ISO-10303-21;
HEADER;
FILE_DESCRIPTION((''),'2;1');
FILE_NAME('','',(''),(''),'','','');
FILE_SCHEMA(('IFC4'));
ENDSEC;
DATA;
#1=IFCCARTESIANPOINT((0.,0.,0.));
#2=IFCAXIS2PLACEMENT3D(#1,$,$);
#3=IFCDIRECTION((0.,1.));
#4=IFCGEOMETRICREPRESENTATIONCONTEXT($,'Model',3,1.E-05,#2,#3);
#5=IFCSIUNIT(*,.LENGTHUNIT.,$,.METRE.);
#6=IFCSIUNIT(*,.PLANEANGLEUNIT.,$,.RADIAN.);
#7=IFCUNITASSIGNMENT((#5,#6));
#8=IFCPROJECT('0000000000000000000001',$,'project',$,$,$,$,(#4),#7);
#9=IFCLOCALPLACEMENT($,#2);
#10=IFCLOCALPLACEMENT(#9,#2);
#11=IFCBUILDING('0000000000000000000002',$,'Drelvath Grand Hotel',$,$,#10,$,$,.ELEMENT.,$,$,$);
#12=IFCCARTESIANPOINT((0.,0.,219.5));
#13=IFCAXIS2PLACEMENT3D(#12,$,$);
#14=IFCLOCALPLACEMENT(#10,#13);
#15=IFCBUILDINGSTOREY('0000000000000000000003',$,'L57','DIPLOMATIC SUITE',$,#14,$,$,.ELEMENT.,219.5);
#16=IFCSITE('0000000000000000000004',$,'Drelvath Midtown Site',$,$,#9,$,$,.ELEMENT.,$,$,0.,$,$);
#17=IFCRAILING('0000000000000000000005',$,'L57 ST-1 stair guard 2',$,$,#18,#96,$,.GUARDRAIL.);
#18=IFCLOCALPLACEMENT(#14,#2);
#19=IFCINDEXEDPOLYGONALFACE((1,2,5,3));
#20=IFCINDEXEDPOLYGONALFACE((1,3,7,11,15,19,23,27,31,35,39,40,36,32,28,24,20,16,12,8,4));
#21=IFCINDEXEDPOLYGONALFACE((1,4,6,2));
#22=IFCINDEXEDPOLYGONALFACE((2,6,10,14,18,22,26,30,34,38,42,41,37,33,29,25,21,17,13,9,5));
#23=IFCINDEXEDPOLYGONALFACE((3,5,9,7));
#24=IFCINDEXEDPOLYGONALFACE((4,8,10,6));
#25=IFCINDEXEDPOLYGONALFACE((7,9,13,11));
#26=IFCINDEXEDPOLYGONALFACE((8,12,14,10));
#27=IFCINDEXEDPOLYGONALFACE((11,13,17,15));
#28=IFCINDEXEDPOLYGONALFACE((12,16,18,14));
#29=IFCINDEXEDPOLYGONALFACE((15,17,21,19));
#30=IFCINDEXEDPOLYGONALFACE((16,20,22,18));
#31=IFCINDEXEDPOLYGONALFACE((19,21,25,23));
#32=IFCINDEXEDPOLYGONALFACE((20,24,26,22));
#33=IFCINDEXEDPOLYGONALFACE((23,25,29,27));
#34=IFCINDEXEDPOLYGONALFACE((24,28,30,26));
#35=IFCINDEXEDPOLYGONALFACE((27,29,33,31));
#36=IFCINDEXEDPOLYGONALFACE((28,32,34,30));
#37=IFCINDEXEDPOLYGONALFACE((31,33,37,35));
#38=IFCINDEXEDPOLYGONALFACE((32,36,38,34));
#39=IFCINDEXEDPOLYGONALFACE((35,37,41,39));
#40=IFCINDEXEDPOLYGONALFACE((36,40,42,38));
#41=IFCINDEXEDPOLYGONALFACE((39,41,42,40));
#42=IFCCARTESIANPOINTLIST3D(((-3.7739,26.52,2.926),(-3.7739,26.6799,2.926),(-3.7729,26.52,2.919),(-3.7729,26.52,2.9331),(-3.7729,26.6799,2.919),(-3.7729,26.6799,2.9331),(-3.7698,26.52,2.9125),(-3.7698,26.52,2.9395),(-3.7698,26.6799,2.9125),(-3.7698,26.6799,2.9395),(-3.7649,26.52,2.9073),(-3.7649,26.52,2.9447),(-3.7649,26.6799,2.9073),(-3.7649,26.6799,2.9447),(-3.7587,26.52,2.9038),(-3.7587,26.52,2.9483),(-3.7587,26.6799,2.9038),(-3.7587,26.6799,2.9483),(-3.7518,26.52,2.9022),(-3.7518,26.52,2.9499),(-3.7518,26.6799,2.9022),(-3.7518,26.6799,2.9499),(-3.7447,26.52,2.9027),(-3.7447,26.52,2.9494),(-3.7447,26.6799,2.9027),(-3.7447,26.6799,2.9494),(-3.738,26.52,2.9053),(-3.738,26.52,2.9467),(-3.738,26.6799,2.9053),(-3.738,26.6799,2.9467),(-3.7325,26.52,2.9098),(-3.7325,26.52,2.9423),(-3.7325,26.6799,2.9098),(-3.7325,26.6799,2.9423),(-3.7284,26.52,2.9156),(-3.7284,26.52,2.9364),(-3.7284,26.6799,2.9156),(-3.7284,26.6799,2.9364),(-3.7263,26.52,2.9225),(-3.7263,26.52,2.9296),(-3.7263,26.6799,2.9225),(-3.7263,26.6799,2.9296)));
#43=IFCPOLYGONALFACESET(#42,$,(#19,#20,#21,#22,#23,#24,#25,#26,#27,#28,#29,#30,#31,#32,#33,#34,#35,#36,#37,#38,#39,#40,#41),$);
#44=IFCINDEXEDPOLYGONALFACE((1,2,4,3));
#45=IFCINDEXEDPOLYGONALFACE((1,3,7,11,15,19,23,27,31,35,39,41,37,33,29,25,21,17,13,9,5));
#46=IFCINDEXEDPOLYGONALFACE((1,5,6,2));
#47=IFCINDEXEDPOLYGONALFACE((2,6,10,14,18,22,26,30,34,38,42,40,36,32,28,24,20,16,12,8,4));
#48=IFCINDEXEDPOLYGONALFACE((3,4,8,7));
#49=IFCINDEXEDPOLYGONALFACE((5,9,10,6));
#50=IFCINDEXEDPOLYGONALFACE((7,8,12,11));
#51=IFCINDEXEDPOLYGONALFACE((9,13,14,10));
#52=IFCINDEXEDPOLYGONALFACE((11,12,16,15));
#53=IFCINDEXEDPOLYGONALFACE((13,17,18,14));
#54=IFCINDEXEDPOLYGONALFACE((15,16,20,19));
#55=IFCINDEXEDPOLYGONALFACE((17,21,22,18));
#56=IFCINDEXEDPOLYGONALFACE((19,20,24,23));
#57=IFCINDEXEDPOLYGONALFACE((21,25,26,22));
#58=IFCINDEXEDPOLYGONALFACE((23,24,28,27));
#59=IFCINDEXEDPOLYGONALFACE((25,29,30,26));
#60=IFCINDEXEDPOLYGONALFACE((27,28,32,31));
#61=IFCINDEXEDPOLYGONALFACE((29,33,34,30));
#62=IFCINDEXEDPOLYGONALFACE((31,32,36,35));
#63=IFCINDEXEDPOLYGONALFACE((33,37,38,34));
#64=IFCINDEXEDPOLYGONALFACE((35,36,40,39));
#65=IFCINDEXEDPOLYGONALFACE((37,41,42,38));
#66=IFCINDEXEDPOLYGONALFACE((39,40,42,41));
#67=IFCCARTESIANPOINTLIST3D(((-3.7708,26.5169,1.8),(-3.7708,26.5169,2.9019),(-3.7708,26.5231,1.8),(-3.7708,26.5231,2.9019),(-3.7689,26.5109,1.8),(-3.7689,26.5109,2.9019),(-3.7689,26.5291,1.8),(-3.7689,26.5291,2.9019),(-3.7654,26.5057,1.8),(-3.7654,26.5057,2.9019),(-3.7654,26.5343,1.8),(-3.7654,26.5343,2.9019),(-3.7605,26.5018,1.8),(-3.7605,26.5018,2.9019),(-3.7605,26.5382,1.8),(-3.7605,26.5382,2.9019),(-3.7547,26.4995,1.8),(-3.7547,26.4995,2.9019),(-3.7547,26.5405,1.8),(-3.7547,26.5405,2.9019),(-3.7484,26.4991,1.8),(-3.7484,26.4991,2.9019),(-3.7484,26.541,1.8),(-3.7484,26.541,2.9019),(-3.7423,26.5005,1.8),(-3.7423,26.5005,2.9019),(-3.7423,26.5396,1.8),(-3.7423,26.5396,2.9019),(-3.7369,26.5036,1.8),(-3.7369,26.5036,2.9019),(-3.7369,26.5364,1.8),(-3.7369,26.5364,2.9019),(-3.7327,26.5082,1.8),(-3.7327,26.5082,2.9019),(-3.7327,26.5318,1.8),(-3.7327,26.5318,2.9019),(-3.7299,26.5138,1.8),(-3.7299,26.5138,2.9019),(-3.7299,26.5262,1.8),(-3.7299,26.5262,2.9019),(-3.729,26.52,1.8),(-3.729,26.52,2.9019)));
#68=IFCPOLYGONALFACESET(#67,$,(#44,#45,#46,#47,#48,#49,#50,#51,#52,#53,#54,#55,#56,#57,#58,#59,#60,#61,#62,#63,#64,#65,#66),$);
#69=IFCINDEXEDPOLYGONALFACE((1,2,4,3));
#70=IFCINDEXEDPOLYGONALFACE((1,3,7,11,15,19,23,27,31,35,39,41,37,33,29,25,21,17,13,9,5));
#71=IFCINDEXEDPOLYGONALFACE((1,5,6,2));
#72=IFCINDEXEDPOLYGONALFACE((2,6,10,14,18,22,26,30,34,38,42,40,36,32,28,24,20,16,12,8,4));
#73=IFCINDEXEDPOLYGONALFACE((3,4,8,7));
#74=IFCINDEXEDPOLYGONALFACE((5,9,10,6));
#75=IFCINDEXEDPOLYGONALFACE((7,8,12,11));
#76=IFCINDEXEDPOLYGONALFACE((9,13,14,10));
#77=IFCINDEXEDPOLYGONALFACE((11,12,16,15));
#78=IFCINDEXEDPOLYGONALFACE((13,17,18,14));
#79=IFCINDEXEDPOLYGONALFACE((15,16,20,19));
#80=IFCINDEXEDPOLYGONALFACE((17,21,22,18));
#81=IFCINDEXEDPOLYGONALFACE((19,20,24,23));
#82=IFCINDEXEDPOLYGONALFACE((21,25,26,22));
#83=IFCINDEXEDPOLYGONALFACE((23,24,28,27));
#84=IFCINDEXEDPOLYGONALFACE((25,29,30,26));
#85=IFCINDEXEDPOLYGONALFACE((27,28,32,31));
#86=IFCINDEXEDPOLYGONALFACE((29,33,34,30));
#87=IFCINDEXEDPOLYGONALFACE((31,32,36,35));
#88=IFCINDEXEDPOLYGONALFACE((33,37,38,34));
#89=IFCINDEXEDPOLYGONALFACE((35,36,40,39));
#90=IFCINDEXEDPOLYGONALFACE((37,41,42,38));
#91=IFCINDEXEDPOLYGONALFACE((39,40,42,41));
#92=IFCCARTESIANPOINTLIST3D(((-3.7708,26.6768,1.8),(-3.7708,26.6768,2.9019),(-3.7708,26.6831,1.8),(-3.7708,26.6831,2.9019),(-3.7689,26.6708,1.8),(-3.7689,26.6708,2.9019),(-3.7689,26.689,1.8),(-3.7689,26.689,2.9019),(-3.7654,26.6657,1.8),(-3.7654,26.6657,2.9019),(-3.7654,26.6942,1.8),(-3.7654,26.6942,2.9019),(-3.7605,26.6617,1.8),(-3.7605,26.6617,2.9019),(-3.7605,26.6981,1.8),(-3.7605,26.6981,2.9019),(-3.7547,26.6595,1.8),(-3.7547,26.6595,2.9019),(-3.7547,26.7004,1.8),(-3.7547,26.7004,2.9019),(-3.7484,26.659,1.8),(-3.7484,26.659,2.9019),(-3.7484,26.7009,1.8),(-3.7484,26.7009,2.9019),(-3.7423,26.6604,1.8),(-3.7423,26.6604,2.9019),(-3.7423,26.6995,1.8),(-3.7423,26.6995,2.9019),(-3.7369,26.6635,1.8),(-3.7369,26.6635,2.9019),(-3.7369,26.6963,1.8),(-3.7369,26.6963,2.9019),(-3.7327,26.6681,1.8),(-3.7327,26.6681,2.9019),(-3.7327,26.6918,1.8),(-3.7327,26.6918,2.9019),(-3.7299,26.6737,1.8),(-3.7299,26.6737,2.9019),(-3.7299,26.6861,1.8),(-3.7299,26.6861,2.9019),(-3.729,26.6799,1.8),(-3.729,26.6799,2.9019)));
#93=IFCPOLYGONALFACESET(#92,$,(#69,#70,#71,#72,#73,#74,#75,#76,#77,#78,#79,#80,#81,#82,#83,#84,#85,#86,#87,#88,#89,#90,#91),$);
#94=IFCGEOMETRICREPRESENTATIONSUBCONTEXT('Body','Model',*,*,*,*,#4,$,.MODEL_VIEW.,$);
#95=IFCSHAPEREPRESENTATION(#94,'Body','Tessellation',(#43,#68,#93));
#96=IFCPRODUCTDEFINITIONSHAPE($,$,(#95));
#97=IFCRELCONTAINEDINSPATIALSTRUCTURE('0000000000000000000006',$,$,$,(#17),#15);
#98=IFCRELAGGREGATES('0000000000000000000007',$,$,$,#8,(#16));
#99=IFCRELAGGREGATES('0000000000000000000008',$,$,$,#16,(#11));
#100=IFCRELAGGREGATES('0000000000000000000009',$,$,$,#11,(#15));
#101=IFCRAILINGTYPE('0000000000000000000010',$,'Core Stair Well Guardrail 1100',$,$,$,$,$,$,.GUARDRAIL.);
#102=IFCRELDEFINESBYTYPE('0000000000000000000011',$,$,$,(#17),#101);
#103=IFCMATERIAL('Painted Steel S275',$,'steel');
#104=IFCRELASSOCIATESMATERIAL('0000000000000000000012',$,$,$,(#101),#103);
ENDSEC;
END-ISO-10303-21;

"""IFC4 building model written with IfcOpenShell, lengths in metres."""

from ifc_helpers import new_model, si_unit, direction, frame, origin, origin_2d, place, context, subcontext, project, spatial, circle, extrude, material, type_object, element, save


model = new_model("IFC4")

# Units and contexts
model_context = context("Model", 3, precision=1e-05, world=origin(), true_north=direction((0.0, 1.0)))
body_context = subcontext(model_context, "Body", "Model", "MODEL_VIEW")
ifc_project = project(units=[si_unit("LENGTHUNIT", "METRE"), si_unit("PLANEANGLEUNIT", "RADIAN")], contexts=[model_context])

# Site, building, storey
site_placement = place(None, origin())
site = spatial("IfcSite", under=ifc_project, at=site_placement, Name="Drelvath Midtown Site", CompositionType="ELEMENT", RefElevation=0.0)
building_placement = place(site_placement, origin())
building = spatial("IfcBuilding", under=site, at=building_placement, Name="Drelvath Grand Hotel", CompositionType="ELEMENT")
storey_placement = place(building_placement, frame((0.0, 0.0, 219.5)))
storey = spatial("IfcBuildingStorey", under=building, at=storey_placement, Name="L57", Description="DIPLOMATIC SUITE", CompositionType="ELEMENT", Elevation=219.5)

# Shared definitions
ifc_material_1 = material(Name="Painted Steel S275", Category="steel")

# Railing
railing_type_1 = type_object("IfcRailingType", Name="Core Stair Well Guardrail 1100", PredefinedType="GUARDRAIL", material=ifc_material_1)
railing_1_placement = place(storey_placement, frame((-3.75, 26.52, 1.8)))
element("IfcRailing", 1, at=railing_1_placement, inside=storey, type_object=railing_type_1, Name="L57 ST-1 stair guard 2", PredefinedType="GUARDRAIL", context=body_context, shape_type="SweptSolid", body=[
    extrude(circle(Radius=0.0239, at=origin_2d()), frame((0.0, 0.0, 1.126), z_axis=(0.0, 1.0, 0.0), x_axis=(-1.0, 0.0, 0.0)), (0.0, 0.0, 1.0), 0.1599),
    extrude(circle(Radius=0.021, at=origin_2d()), origin(), (0.0, 0.0, 1.0), 1.1018),
    extrude(circle(Radius=0.021, at=origin_2d()), frame((0.0, 0.1599, 0.0)), (0.0, 0.0, 1.0), 1.1018),
])

save(model, "model.ifc")
